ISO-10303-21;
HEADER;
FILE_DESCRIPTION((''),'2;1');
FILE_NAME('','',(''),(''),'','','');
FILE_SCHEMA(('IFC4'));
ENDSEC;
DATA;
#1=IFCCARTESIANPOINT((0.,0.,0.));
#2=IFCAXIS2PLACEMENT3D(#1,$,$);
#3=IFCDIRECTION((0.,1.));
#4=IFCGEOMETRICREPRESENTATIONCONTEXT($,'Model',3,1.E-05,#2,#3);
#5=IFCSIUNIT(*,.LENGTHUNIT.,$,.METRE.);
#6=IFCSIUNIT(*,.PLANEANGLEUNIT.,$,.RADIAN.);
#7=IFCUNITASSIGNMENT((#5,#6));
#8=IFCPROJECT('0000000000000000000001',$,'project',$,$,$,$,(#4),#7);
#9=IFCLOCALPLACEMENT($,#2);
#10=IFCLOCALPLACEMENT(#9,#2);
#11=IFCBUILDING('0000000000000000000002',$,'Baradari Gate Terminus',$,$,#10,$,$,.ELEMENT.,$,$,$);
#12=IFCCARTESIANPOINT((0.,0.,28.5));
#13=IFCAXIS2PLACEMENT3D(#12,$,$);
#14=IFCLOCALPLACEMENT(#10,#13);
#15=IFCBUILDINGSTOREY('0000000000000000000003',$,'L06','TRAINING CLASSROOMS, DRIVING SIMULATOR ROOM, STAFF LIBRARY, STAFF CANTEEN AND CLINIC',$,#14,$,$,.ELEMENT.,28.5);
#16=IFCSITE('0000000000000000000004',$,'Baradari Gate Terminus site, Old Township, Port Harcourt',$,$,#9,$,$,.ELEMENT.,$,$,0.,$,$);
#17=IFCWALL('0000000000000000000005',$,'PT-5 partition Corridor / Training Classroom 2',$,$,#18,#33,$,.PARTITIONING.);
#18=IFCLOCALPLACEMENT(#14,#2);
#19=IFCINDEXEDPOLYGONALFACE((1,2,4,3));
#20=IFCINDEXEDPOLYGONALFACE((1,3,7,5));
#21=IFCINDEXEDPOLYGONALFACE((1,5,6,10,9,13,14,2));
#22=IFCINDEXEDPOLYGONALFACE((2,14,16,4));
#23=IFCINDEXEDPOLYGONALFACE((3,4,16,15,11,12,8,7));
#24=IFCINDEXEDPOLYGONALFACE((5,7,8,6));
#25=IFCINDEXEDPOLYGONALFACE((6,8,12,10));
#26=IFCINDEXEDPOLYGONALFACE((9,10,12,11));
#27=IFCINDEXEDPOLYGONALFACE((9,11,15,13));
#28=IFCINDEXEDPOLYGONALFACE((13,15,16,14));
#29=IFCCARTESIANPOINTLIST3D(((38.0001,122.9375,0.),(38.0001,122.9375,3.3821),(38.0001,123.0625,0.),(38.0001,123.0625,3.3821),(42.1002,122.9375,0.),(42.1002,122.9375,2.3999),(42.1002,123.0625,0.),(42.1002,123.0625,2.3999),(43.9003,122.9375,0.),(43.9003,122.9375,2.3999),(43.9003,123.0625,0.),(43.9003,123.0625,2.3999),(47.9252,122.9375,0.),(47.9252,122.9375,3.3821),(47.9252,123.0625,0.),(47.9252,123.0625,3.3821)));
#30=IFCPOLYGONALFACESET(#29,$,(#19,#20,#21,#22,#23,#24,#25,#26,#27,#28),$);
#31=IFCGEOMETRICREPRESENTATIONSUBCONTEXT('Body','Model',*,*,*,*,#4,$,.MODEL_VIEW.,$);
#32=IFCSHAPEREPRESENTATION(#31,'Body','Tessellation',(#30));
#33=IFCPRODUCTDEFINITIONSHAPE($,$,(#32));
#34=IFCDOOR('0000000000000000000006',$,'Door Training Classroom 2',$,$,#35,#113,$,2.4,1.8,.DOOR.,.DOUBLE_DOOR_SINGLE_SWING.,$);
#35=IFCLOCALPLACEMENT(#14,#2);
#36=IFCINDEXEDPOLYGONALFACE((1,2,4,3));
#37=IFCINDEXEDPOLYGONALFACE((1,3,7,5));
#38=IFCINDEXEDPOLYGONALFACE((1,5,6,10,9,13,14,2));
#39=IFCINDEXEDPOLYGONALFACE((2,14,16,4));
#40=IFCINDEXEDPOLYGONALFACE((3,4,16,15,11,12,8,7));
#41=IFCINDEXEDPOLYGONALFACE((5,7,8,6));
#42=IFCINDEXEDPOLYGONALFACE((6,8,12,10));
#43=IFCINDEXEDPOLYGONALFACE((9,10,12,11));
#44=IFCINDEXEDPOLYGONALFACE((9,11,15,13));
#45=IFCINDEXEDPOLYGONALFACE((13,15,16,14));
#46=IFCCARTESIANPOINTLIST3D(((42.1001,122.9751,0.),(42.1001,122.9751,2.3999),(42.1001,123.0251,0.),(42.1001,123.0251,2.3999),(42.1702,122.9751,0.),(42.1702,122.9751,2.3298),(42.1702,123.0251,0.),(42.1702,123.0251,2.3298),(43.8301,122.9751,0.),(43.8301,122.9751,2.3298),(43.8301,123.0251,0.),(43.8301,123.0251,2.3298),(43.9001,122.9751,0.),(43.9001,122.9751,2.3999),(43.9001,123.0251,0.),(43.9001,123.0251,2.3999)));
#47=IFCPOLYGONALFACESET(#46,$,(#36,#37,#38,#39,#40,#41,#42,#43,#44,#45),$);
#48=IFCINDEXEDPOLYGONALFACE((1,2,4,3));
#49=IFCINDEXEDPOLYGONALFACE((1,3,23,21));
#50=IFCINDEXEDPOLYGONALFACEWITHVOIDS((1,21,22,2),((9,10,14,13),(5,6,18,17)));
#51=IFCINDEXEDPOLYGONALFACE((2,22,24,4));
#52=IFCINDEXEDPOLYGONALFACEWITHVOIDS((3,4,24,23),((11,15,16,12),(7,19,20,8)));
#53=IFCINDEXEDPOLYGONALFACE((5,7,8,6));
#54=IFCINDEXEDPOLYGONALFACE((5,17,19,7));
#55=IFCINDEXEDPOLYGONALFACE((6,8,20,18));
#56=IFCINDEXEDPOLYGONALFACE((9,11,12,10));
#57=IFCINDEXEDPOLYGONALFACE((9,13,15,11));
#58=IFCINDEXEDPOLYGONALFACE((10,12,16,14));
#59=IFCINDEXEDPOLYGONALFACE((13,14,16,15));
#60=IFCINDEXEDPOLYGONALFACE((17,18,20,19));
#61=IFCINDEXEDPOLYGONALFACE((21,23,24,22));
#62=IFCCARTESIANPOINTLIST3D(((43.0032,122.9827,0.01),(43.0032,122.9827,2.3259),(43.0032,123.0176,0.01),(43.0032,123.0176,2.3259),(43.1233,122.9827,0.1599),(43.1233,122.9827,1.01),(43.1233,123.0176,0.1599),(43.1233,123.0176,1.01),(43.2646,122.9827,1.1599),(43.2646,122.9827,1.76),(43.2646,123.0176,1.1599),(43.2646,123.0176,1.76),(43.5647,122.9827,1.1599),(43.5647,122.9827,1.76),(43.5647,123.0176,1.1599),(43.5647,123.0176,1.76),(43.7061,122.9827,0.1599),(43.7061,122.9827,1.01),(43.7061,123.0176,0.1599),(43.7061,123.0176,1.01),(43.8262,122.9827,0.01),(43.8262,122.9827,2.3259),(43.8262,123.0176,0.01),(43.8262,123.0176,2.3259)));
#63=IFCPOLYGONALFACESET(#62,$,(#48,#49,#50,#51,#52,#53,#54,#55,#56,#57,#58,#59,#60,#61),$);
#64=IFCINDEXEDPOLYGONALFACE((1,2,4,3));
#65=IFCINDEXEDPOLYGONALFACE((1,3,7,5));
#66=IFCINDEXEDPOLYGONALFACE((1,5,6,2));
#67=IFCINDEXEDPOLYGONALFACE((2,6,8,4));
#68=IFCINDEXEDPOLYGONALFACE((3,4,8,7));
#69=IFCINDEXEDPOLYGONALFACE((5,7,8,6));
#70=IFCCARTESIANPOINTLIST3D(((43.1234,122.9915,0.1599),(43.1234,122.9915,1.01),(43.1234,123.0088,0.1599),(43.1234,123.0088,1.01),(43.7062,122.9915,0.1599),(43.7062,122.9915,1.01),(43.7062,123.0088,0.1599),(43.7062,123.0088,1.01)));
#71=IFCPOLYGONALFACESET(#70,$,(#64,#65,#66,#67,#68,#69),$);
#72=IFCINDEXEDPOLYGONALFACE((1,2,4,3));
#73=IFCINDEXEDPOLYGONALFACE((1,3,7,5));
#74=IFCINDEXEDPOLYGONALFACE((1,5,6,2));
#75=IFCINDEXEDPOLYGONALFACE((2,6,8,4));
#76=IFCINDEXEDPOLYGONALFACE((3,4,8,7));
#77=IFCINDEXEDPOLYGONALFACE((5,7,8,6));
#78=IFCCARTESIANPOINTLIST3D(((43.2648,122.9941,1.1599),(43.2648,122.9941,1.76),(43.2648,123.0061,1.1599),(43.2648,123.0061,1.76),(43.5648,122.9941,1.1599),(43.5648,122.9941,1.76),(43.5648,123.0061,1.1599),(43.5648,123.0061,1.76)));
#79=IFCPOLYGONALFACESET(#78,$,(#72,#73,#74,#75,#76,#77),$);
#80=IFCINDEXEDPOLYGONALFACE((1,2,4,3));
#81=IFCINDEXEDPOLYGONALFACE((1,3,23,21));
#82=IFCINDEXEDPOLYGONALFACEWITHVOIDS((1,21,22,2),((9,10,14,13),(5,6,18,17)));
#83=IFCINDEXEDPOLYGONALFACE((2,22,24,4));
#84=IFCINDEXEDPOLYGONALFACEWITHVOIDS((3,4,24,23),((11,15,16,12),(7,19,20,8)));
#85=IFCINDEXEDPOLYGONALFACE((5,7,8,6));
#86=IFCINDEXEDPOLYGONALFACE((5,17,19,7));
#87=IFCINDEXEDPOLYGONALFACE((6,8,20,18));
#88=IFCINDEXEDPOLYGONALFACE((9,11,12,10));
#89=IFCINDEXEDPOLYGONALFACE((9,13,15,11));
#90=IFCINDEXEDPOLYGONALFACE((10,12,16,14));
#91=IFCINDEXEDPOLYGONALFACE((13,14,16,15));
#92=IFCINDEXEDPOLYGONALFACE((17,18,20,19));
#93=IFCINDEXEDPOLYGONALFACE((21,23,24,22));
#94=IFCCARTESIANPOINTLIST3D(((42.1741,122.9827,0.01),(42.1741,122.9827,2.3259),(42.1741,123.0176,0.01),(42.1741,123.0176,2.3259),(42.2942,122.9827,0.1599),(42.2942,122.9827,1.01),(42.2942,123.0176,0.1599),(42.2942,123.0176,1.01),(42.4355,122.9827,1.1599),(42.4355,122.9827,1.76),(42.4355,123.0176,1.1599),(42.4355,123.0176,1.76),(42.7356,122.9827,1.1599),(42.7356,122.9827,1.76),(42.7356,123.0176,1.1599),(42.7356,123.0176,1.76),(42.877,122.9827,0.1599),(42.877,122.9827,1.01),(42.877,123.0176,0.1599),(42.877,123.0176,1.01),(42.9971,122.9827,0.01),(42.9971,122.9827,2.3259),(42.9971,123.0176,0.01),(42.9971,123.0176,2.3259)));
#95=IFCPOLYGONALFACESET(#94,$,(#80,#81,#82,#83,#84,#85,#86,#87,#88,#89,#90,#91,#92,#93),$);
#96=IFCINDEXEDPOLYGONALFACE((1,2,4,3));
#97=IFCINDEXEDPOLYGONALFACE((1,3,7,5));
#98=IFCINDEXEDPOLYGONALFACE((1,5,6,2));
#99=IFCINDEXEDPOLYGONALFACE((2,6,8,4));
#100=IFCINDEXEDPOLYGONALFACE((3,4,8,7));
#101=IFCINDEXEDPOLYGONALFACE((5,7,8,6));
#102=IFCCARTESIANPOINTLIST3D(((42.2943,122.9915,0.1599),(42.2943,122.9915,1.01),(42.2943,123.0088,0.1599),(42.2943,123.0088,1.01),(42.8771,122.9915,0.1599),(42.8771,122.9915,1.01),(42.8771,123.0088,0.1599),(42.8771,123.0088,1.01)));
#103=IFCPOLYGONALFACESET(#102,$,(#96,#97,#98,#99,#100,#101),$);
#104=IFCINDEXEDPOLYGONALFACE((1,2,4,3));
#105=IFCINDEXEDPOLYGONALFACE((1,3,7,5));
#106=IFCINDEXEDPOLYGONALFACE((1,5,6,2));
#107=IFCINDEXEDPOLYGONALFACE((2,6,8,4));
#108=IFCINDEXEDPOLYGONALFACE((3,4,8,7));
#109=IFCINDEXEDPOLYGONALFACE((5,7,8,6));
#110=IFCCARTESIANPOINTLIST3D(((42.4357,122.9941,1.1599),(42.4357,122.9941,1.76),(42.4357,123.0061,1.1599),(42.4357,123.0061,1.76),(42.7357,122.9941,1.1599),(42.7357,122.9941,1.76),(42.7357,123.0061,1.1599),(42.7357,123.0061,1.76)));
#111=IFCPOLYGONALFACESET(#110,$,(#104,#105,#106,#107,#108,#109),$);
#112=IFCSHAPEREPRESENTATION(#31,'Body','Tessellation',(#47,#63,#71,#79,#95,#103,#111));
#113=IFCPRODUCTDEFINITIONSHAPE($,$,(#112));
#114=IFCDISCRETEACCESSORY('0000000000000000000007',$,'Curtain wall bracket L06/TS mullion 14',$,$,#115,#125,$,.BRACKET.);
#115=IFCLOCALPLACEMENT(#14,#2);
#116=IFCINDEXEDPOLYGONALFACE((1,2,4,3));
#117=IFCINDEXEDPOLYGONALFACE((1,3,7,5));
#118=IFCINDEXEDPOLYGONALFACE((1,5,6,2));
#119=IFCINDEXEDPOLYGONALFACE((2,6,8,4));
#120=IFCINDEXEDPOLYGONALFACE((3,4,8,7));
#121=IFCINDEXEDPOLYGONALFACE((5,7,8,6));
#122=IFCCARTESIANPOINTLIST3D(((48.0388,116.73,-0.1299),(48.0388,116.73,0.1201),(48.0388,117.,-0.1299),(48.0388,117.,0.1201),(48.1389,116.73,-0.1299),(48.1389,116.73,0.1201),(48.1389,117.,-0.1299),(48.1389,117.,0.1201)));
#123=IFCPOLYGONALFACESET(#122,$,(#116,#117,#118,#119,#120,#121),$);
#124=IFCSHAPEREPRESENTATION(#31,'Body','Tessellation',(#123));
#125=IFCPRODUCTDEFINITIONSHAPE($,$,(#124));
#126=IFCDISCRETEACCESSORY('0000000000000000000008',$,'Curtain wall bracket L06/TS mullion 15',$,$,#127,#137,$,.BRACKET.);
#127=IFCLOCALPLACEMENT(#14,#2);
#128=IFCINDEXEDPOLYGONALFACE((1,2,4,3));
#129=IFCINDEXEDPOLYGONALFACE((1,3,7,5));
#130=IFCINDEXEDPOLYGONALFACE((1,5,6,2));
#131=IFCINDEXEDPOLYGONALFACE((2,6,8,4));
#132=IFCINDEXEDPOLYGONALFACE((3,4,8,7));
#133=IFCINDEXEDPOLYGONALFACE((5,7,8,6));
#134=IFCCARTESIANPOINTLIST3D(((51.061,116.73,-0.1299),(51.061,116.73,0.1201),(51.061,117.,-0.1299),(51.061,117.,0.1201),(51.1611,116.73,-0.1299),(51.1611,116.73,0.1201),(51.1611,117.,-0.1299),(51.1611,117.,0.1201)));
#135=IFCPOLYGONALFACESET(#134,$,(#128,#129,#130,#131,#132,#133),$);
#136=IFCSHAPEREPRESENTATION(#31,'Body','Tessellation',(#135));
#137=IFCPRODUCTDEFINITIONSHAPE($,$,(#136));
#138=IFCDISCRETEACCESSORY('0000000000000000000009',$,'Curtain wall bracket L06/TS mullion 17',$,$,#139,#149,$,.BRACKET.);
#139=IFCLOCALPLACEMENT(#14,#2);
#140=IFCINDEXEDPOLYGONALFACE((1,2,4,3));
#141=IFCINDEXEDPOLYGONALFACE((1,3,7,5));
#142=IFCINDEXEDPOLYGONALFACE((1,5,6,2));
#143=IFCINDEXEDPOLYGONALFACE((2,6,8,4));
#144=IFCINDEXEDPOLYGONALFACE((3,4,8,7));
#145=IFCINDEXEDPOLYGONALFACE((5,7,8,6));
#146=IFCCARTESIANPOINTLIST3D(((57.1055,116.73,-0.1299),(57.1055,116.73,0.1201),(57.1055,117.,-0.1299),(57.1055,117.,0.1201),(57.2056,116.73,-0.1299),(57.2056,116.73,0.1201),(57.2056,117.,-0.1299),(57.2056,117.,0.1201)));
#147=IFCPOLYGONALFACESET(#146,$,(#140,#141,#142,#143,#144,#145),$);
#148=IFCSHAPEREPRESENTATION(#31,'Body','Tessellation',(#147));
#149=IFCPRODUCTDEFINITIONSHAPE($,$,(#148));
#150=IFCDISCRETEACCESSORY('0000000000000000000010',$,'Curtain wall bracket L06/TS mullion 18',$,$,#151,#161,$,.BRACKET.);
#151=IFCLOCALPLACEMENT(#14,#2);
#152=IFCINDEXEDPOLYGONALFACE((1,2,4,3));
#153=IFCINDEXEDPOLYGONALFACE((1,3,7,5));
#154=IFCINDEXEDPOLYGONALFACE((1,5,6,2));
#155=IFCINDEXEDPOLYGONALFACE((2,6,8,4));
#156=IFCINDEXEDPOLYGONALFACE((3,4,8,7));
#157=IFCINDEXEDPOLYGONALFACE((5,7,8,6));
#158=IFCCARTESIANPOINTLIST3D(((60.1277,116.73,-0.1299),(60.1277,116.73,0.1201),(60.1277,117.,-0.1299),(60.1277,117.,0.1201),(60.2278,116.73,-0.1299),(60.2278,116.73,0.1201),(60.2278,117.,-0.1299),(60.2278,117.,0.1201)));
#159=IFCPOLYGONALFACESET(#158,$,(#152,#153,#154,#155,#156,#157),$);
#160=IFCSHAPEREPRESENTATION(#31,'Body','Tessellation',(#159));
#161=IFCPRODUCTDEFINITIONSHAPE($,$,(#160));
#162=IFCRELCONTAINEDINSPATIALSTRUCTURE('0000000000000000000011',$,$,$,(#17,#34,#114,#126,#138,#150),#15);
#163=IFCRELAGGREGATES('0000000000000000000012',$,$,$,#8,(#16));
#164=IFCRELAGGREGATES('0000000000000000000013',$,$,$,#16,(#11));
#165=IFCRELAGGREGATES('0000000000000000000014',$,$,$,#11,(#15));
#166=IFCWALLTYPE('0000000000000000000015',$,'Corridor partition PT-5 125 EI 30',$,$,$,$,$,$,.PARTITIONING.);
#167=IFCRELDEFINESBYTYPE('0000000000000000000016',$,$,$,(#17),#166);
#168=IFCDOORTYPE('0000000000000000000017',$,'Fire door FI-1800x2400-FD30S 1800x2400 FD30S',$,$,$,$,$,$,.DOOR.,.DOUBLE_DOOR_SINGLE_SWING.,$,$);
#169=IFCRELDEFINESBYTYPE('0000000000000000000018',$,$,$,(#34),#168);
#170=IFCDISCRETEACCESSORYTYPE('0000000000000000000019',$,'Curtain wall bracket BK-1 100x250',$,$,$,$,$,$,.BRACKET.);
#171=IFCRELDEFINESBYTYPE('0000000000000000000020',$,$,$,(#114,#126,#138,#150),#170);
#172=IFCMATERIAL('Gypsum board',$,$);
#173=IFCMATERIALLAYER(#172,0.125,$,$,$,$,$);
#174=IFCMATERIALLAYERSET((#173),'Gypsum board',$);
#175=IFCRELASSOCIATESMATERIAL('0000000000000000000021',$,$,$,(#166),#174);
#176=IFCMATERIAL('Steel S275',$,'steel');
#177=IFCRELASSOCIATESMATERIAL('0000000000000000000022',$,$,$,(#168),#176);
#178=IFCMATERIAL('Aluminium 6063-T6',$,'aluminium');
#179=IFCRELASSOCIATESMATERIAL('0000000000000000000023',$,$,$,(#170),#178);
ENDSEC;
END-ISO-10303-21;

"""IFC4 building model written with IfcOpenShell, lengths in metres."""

from ifc_helpers import new_model, si_unit, direction, frame, frame_2d, origin, origin_2d, place, context, subcontext, project, spatial, polyline, rectangle, outline, extrude, material, layer, layer_set, type_object, element, fill, save


model = new_model("IFC4")

# Units and contexts
model_context = context("Model", 3, precision=1e-05, world=origin(), true_north=direction((0.0, 1.0)))
body_context = subcontext(model_context, "Body", "Model", "MODEL_VIEW")
ifc_project = project(units=[si_unit("LENGTHUNIT", "METRE"), si_unit("PLANEANGLEUNIT", "RADIAN")], contexts=[model_context])

# Site, building, storey
site_placement = place(None, origin())
site = spatial("IfcSite", under=ifc_project, at=site_placement, Name="Baradari Gate Terminus site, Old Township, Port Harcourt", CompositionType="ELEMENT", RefElevation=0.0)
building_placement = place(site_placement, origin())
building = spatial("IfcBuilding", under=site, at=building_placement, Name="Baradari Gate Terminus", CompositionType="ELEMENT")
storey_placement = place(building_placement, frame((0.0, 0.0, 28.5)))
storey = spatial("IfcBuildingStorey", under=building, at=storey_placement, Name="L06", Description="TRAINING CLASSROOMS, DRIVING SIMULATOR ROOM, STAFF LIBRARY, STAFF CANTEEN AND CLINIC", CompositionType="ELEMENT", Elevation=28.5)

# Wall, opening, door
ifc_material_1 = material(Name="Gypsum board")
ifc_layer = layer(ifc_material_1, 0.125)
ifc_layer_set = layer_set([ifc_layer], Name="Gypsum board")
wall_type = type_object("IfcWallType", Name="Corridor partition PT-5 125 EI 30", PredefinedType="PARTITIONING", material=ifc_layer_set)
wall_placement = place(storey_placement, frame((47.925, 123.0, 0.0), z_axis=(0.0, 0.0, 1.0), x_axis=(-1.0, 0.0, 0.0)))
wall = element("IfcWall", 1, at=wall_placement, inside=storey, type_object=wall_type, Name="PT-5 partition Corridor / Training Classroom 2", PredefinedType="PARTITIONING", context=body_context, shape_type="SweptSolid", body=[
    extrude(rectangle(XDim=9.925, YDim=0.125, at=frame_2d((4.9624, 0.0))), origin(), (0.0, 0.0, 1.0), 3.3821),
])
opening_placement = place(wall_placement, frame((4.0249, 0.0, 0.0)))
opening = element("IfcOpeningElement", 2, at=opening_placement, cuts=wall, PredefinedType="OPENING", context=body_context, shape_type="SweptSolid", body=[
    extrude(rectangle(XDim=1.8, YDim=2.3999, at=frame_2d((0.8999, 1.2))), frame((0.0, 0.0725, 0.0), z_axis=(0.0, -1.0, 0.0), x_axis=(1.0, 0.0, 0.0)), (0.0, 0.0, 1.0), 0.145),
])
ifc_material_2 = material(Name="Steel S275", Category="steel")
door_type = type_object("IfcDoorType", Name="Fire door FI-1800x2400-FD30S 1800x2400 FD30S", OperationType="DOUBLE_DOOR_SINGLE_SWING", PredefinedType="DOOR", material=ifc_material_2)
door_placement = place(opening_placement, origin())
door = element("IfcDoor", 3, at=door_placement, inside=storey, type_object=door_type, Name="Door Training Classroom 2", OperationType="DOUBLE_DOOR_SINGLE_SWING", OverallHeight=2.4, OverallWidth=1.8, PredefinedType="DOOR", context=body_context, shape_type="SweptSolid", body=[
    extrude(outline(polyline([(0.0, 0.0), (0.0701, 0.0), (0.0701, 2.3298), (1.73, 2.3298), (1.73, 0.0), (1.8, 0.0), (1.8, 2.3999), (0.0, 2.3999), (0.0, 0.0)])), frame((0.0, 0.0249, 0.0), z_axis=(0.0, -1.0, 0.0), x_axis=(1.0, 0.0, 0.0)), (0.0, 0.0, 1.0), 0.05),
    extrude(outline(polyline([(0.074, 0.01), (0.897, 0.01), (0.897, 2.3259), (0.074, 2.3259), (0.074, 0.01)]), holes=[polyline([(0.1941, 0.1599), (0.7769, 0.1599), (0.7769, 1.01), (0.1941, 1.01), (0.1941, 0.1599)]), polyline([(0.3354, 1.1599), (0.6355, 1.1599), (0.6355, 1.76), (0.3354, 1.76), (0.3354, 1.1599)])]), frame((0.0, 0.0173, 0.0), z_axis=(0.0, -1.0, 0.0), x_axis=(1.0, 0.0, 0.0)), (0.0, 0.0, 1.0), 0.0349),
    extrude(rectangle(XDim=0.5828, YDim=0.8501, at=frame_2d((0.4854, 0.585))), frame((0.0, 0.0085, 0.0), z_axis=(0.0, -1.0, 0.0), x_axis=(1.0, 0.0, 0.0)), (0.0, 0.0, 1.0), 0.0173),
    extrude(rectangle(XDim=0.3, YDim=0.6001, at=frame_2d((0.4854, 1.46))), frame((0.0, 0.0059, 0.0), z_axis=(0.0, -1.0, 0.0), x_axis=(1.0, 0.0, 0.0)), (0.0, 0.0, 1.0), 0.012),
    extrude(outline(polyline([(0.9031, 0.01), (1.7261, 0.01), (1.7261, 2.3259), (0.9031, 2.3259), (0.9031, 0.01)]), holes=[polyline([(1.0232, 0.1599), (1.606, 0.1599), (1.606, 1.01), (1.0232, 1.01), (1.0232, 0.1599)]), polyline([(1.1646, 1.1599), (1.4646, 1.1599), (1.4646, 1.76), (1.1646, 1.76), (1.1646, 1.1599)])]), frame((0.0, 0.0173, 0.0), z_axis=(0.0, -1.0, 0.0), x_axis=(1.0, 0.0, 0.0)), (0.0, 0.0, 1.0), 0.0349),
    extrude(rectangle(XDim=0.5828, YDim=0.8501, at=frame_2d((1.3145, 0.585))), frame((0.0, 0.0085, 0.0), z_axis=(0.0, -1.0, 0.0), x_axis=(1.0, 0.0, 0.0)), (0.0, 0.0, 1.0), 0.0173),
    extrude(rectangle(XDim=0.3, YDim=0.6001, at=frame_2d((1.3145, 1.46))), frame((0.0, 0.0059, 0.0), z_axis=(0.0, -1.0, 0.0), x_axis=(1.0, 0.0, 0.0)), (0.0, 0.0, 1.0), 0.012),
])
fill(opening, door)

# Discrete accessories
ifc_material_3 = material(Name="Aluminium 6063-T6", Category="aluminium")
discrete_accessory_type = type_object("IfcDiscreteAccessoryType", Name="Curtain wall bracket BK-1 100x250", PredefinedType="BRACKET", material=ifc_material_3)
for number, where, z_axis, x_axis, name in (
    (4, (48.0889, 116.865, -0.1299), (0.0, 0.0, 1.0), (0.0, -1.0, 0.0), "Curtain wall bracket L06/TS mullion 14"),
    (5, (51.1111, 116.865, -0.1299), (0.0, 0.0, 1.0), (0.0, -1.0, 0.0), "Curtain wall bracket L06/TS mullion 15"),
    (6, (57.1555, 116.865, -0.1299), (0.0, 0.0, 1.0), (0.0, -1.0, 0.0), "Curtain wall bracket L06/TS mullion 17"),
    (7, (60.1777, 116.865, -0.1299), (0.0, 0.0, 1.0), (0.0, -1.0, 0.0), "Curtain wall bracket L06/TS mullion 18"),
):
    element("IfcDiscreteAccessory", number, at=place(storey_placement, frame(where, z_axis=z_axis, x_axis=x_axis)), inside=storey, type_object=discrete_accessory_type, Name=name, PredefinedType="BRACKET", context=body_context, shape_type="SweptSolid", body=[
        extrude(rectangle(XDim=0.27, YDim=0.1001, at=origin_2d()), origin(), (0.0, 0.0, 1.0), 0.25),
    ])

save(model, "model.ifc")
